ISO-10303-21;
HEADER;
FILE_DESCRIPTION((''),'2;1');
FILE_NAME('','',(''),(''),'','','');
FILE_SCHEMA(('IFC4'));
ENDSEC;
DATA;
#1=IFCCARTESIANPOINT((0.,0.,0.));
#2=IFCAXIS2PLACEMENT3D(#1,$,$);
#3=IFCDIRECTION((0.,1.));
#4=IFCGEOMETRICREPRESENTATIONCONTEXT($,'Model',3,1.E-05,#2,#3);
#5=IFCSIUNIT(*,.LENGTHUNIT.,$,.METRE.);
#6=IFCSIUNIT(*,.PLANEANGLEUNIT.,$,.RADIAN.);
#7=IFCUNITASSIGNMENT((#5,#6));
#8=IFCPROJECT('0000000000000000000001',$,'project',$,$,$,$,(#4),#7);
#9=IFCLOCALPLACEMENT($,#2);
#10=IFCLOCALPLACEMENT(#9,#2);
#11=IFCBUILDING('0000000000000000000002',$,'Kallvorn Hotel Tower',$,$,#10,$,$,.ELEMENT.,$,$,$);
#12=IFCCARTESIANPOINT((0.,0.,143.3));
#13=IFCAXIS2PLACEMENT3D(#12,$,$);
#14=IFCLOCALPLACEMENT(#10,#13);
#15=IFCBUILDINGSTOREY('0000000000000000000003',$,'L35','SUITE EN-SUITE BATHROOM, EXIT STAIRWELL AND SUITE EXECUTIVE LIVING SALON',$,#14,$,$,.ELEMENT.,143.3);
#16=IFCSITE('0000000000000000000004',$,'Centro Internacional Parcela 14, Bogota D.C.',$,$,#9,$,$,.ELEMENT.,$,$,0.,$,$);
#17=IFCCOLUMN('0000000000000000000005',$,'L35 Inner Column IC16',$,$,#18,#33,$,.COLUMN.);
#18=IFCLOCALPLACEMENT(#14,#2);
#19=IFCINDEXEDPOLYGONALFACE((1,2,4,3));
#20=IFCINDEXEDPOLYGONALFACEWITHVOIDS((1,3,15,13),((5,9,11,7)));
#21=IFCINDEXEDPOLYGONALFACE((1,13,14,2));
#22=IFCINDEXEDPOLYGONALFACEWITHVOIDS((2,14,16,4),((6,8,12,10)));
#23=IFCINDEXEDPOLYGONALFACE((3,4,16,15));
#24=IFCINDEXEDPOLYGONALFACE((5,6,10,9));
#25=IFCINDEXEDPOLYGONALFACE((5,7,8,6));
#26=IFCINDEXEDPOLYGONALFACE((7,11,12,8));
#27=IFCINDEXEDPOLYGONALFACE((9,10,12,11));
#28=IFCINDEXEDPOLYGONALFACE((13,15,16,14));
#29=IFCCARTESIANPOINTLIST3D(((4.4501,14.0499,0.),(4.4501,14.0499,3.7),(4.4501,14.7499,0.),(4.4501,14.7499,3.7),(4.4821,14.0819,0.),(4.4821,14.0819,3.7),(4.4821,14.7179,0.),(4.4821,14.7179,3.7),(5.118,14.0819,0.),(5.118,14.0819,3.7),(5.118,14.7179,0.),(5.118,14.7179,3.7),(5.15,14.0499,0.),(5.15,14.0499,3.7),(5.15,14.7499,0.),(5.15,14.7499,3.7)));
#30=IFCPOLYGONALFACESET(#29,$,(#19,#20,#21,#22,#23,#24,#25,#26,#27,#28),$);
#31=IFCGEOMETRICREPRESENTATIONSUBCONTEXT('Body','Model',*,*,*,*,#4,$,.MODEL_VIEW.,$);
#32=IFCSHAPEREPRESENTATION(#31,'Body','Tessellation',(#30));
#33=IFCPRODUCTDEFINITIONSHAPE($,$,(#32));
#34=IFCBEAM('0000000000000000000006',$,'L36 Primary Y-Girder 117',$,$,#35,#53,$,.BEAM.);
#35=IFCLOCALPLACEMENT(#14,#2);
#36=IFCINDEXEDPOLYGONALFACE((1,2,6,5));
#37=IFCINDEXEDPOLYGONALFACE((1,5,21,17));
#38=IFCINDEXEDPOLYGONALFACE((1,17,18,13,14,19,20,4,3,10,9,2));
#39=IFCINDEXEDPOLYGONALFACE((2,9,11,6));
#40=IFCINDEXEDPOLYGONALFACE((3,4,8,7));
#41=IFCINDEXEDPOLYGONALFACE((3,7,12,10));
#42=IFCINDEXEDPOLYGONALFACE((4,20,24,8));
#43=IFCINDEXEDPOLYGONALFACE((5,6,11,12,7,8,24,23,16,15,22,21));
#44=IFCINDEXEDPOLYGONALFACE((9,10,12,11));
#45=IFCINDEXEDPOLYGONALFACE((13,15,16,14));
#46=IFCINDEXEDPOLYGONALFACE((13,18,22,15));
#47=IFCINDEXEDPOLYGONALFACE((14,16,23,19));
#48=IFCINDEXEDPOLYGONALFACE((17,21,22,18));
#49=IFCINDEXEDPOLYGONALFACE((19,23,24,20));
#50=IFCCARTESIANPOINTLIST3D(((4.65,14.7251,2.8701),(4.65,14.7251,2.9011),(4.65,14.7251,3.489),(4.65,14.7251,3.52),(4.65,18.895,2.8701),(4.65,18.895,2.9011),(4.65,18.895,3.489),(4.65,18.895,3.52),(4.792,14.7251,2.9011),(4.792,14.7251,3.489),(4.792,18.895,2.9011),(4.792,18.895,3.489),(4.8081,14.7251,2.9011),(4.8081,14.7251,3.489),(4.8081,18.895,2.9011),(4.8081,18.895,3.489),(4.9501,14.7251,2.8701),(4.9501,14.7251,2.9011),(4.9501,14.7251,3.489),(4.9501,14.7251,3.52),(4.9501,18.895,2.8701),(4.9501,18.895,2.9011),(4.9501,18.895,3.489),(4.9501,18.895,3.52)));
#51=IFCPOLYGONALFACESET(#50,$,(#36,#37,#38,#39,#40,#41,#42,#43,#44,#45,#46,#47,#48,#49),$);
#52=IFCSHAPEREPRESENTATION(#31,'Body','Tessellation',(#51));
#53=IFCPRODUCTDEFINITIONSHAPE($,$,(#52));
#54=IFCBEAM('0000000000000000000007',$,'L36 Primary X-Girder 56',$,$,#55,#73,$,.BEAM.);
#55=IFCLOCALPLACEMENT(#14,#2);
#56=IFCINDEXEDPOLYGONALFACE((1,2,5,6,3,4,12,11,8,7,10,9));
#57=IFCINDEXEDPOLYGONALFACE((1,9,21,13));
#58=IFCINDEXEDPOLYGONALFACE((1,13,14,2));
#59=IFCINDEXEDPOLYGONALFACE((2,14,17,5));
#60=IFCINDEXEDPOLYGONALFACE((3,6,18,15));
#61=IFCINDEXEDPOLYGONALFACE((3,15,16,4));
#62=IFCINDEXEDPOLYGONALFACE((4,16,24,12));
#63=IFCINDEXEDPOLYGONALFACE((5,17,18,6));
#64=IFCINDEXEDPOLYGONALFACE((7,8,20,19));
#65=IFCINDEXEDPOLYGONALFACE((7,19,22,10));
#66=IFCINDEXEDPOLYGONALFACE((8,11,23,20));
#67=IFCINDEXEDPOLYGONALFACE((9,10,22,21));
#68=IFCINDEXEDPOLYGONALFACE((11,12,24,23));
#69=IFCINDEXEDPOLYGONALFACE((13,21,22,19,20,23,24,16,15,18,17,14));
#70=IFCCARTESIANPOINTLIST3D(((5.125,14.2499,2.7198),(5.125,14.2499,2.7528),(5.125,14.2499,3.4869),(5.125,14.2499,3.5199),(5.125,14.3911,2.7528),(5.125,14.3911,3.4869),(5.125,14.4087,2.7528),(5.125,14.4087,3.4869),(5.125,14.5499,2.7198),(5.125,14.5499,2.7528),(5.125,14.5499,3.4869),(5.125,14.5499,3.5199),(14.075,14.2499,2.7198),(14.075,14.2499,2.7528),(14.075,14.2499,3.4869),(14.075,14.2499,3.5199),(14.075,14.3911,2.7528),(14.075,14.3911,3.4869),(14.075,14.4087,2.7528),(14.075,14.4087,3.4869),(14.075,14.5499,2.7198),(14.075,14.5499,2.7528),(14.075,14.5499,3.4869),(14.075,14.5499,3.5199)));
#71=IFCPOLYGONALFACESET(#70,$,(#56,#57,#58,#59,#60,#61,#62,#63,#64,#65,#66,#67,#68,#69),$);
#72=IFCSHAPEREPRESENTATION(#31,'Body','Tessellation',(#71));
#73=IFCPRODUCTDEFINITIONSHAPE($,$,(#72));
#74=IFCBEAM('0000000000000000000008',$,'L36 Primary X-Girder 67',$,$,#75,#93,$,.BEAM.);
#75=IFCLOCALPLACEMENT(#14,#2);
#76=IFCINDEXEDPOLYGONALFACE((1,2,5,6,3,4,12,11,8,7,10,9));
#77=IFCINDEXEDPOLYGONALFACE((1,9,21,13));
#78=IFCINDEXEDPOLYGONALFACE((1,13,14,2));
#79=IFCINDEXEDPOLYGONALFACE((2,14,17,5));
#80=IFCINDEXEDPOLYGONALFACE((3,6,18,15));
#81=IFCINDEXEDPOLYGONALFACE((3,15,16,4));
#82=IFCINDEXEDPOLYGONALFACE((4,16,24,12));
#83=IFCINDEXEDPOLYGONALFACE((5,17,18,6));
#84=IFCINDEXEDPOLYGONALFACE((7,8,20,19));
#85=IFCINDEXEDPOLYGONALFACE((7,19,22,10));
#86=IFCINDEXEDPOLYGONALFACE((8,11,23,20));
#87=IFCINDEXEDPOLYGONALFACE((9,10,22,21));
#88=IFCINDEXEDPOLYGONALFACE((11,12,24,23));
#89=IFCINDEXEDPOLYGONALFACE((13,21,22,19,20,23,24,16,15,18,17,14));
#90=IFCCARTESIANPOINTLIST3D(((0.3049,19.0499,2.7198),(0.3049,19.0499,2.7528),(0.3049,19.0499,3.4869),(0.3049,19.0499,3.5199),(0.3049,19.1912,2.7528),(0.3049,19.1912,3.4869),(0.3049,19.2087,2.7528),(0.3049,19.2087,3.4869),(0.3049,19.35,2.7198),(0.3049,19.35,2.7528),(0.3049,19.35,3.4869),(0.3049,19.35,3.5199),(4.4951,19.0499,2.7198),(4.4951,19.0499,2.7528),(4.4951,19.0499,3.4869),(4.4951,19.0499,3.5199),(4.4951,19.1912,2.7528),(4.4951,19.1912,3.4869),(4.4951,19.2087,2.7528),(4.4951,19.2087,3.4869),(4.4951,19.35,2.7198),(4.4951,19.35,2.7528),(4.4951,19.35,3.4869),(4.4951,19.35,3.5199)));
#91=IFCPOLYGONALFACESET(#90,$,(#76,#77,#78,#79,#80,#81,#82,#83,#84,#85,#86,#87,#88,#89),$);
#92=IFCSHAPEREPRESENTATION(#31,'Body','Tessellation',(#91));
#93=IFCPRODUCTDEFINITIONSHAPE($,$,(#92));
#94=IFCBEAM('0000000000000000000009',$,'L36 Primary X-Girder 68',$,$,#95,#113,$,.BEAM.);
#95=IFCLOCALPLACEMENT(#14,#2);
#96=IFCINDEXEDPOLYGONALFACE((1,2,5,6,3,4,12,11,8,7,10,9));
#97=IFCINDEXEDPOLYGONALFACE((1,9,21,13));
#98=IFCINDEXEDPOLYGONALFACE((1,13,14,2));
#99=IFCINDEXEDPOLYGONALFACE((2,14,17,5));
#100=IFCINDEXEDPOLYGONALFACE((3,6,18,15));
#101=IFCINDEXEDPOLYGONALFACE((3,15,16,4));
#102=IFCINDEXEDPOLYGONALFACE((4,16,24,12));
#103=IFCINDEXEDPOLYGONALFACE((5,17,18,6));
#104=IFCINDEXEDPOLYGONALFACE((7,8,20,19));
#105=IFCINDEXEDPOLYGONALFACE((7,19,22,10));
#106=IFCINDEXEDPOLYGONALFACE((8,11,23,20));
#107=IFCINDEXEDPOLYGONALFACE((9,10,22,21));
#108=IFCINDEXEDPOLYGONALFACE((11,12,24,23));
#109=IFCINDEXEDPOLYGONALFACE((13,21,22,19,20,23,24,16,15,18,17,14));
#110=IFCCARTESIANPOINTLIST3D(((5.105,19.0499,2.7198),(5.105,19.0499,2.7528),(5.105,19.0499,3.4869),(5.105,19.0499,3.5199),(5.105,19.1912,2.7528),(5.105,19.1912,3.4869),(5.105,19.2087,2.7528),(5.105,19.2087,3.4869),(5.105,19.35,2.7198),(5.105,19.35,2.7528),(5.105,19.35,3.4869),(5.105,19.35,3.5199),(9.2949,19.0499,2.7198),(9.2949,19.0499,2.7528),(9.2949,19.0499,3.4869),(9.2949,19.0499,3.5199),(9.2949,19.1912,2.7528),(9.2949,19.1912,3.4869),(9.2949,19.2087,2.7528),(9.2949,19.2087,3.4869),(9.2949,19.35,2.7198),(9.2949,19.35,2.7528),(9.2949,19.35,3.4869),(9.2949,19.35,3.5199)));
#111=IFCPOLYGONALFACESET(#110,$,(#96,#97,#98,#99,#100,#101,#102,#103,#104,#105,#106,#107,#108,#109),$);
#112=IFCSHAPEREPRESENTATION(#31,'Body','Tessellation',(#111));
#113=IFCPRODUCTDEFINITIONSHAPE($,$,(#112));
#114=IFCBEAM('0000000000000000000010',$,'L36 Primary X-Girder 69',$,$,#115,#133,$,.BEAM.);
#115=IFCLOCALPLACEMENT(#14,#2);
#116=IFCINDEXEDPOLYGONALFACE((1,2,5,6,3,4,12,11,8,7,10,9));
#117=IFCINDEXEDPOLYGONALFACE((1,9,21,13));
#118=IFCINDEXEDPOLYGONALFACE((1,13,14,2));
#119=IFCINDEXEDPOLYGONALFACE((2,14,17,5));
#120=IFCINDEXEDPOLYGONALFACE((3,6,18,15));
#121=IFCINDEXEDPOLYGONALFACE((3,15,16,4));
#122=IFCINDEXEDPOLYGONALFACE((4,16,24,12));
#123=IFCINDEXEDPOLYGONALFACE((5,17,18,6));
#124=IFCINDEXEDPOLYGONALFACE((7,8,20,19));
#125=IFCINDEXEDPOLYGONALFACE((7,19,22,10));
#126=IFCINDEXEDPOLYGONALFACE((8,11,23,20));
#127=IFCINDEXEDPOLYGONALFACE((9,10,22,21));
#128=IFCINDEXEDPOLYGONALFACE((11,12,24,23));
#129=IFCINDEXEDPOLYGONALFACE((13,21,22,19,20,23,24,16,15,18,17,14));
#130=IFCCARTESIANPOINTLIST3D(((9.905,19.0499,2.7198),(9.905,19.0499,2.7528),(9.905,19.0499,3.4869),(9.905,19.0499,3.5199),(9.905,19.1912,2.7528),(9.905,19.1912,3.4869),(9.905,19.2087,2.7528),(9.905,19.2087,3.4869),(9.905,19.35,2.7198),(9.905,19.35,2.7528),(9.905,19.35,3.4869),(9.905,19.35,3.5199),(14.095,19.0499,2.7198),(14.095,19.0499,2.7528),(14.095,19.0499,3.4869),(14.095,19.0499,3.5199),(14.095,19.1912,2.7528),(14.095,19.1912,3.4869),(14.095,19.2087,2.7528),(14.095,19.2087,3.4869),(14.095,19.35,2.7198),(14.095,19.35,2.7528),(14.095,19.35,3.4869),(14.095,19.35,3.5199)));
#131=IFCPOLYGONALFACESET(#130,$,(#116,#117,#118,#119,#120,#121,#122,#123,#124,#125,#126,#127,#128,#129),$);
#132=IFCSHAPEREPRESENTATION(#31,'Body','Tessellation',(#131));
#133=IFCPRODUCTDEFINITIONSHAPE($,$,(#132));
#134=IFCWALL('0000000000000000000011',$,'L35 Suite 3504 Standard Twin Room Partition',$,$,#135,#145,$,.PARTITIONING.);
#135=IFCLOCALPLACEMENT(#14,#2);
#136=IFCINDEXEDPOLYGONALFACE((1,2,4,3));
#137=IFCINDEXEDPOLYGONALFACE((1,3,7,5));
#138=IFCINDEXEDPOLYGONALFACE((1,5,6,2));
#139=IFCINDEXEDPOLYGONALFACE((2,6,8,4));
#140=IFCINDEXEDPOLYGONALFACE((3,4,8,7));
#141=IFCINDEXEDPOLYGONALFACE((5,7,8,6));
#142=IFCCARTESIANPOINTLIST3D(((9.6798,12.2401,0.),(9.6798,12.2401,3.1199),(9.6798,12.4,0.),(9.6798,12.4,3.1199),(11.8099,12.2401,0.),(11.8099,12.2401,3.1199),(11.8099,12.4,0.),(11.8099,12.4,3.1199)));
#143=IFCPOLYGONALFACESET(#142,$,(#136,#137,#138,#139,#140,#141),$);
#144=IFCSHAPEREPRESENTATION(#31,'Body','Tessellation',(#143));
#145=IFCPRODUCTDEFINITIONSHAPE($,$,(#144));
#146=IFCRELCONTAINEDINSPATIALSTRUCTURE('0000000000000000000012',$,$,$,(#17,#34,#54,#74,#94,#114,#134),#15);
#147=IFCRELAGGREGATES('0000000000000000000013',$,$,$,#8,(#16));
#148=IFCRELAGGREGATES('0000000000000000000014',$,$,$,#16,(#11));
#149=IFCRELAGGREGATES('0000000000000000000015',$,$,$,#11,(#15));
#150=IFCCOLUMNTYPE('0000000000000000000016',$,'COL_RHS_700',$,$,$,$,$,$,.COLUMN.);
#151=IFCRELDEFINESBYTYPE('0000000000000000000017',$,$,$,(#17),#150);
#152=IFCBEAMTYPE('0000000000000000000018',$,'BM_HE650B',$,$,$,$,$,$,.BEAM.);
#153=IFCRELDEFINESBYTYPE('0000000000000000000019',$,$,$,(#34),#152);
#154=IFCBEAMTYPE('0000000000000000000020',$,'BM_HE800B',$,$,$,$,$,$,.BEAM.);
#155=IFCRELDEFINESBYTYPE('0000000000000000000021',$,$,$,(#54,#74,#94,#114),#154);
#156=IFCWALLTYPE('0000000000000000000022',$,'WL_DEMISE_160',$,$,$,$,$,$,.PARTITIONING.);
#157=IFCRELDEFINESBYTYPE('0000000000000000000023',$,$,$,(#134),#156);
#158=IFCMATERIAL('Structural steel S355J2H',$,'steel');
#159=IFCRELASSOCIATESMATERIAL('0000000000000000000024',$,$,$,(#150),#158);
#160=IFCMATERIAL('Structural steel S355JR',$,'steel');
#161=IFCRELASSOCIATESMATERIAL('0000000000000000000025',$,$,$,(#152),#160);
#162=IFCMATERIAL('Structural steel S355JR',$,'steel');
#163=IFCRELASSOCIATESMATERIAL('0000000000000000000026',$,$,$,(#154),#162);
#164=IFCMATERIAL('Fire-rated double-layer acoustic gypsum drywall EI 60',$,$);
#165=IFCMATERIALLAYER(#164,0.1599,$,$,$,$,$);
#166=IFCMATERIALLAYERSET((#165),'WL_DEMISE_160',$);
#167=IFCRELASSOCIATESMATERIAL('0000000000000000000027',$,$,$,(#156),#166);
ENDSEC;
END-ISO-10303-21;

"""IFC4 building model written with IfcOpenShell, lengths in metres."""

from ifc_helpers import new_model, si_unit, direction, frame, frame_2d, origin, origin_2d, place, context, subcontext, project, spatial, rectangle, hollow_rectangle, i_section, extrude, material, layer, layer_set, material_profile, profile_set, type_object, element, save


model = new_model("IFC4")

# Units and contexts
model_context = context("Model", 3, precision=1e-05, world=origin(), true_north=direction((0.0, 1.0)))
body_context = subcontext(model_context, "Body", "Model", "MODEL_VIEW")
ifc_project = project(units=[si_unit("LENGTHUNIT", "METRE"), si_unit("PLANEANGLEUNIT", "RADIAN")], contexts=[model_context])

# Site, building, storey
site_placement = place(None, origin())
site = spatial("IfcSite", under=ifc_project, at=site_placement, Name="Centro Internacional Parcela 14, Bogota D.C.", CompositionType="ELEMENT", RefElevation=0.0)
building_placement = place(site_placement, origin())
building = spatial("IfcBuilding", under=site, at=building_placement, Name="Kallvorn Hotel Tower", CompositionType="ELEMENT")
storey_placement = place(building_placement, frame((0.0, 0.0, 143.3)))
storey = spatial("IfcBuildingStorey", under=building, at=storey_placement, Name="L35", Description="SUITE EN-SUITE BATHROOM, EXIT STAIRWELL AND SUITE EXECUTIVE LIVING SALON", CompositionType="ELEMENT", Elevation=143.3)

# Column
ifc_material_1 = material(Name="Structural steel S355J2H", Category="steel")
ifc_material_profile_1 = material_profile(ifc_material_1, hollow_rectangle(XDim=0.7, YDim=0.7, WallThickness=0.032, at=origin_2d()), Name="RHS 700x700x32")
ifc_profile_set_1 = profile_set([ifc_material_profile_1], Name="Structural steel S355J2H")
column_type_1 = type_object("IfcColumnType", Name="COL_RHS_700", PredefinedType="COLUMN", material=ifc_profile_set_1)
column_placement = place(storey_placement, frame((4.8, 14.3999, 0.0), z_axis=(0.0, 0.0, 1.0), x_axis=(1.0, 0.0, 0.0)))
element("IfcColumn", 1, at=column_placement, inside=storey, type_object=column_type_1, Name="L35 Inner Column IC16", PredefinedType="COLUMN", context=body_context, shape_type="SweptSolid", body=[
    extrude(hollow_rectangle(XDim=0.7, YDim=0.7, WallThickness=0.032, at=origin_2d()), origin(), (0.0, 0.0, 1.0), 3.7),
])

# Beams
ifc_material_2 = material(Name="Structural steel S355JR", Category="steel")
ifc_material_profile_2 = material_profile(ifc_material_2, i_section(OverallWidth=0.3, OverallDepth=0.6499, WebThickness=0.0161, FlangeThickness=0.031, at=origin_2d()), Name="HE 650 B")
ifc_profile_set_2 = profile_set([ifc_material_profile_2], Name="Structural steel S355JR")
beam_type_1 = type_object("IfcBeamType", Name="BM_HE650B", PredefinedType="BEAM", material=ifc_profile_set_2)
beam_1_placement = place(storey_placement, frame((4.8, 14.7251, 3.1951), z_axis=(0.0, 1.0, 0.0), x_axis=(-1.0, 0.0, 0.0)))
element("IfcBeam", 2, at=beam_1_placement, inside=storey, type_object=beam_type_1, Name="L36 Primary Y-Girder 117", PredefinedType="BEAM", context=body_context, shape_type="SweptSolid", body=[
    extrude(i_section(OverallWidth=0.3, OverallDepth=0.6499, WebThickness=0.0161, FlangeThickness=0.031, at=origin_2d()), origin(), (0.0, 0.0, 1.0), 4.1699),
])
ifc_material_3 = material(Name="Structural steel S355JR", Category="steel")
ifc_material_profile_3 = material_profile(ifc_material_3, i_section(OverallWidth=0.3, OverallDepth=0.8, WebThickness=0.0176, FlangeThickness=0.033, at=origin_2d()), Name="HE 800 B")
ifc_profile_set_3 = profile_set([ifc_material_profile_3], Name="Structural steel S355JR")
beam_type_2 = type_object("IfcBeamType", Name="BM_HE800B", PredefinedType="BEAM", material=ifc_profile_set_3)
beam_2_placement = place(storey_placement, frame((5.125, 14.3999, 3.1199), z_axis=(1.0, 0.0, 0.0), x_axis=(0.0, 1.0, 0.0)))
element("IfcBeam", 3, at=beam_2_placement, inside=storey, type_object=beam_type_2, Name="L36 Primary X-Girder 56", PredefinedType="BEAM", context=body_context, shape_type="SweptSolid", body=[
    extrude(i_section(OverallWidth=0.3, OverallDepth=0.8, WebThickness=0.0176, FlangeThickness=0.033, at=origin_2d()), origin(), (0.0, 0.0, 1.0), 8.95),
])
beam_3_placement = place(storey_placement, frame((0.3049, 19.2, 3.1199), z_axis=(1.0, 0.0, 0.0), x_axis=(0.0, 1.0, 0.0)))
element("IfcBeam", 4, at=beam_3_placement, inside=storey, type_object=beam_type_2, Name="L36 Primary X-Girder 67", PredefinedType="BEAM", context=body_context, shape_type="SweptSolid", body=[
    extrude(i_section(OverallWidth=0.3, OverallDepth=0.8, WebThickness=0.0176, FlangeThickness=0.033, at=origin_2d()), origin(), (0.0, 0.0, 1.0), 4.1902),
])
for number, where, z_axis, x_axis, name in (
    (5, (5.105, 19.2, 3.1199), (1.0, 0.0, 0.0), (0.0, 1.0, 0.0), "L36 Primary X-Girder 68"),
    (6, (9.905, 19.2, 3.1199), (1.0, 0.0, 0.0), (0.0, 1.0, 0.0), "L36 Primary X-Girder 69"),
):
    element("IfcBeam", number, at=place(storey_placement, frame(where, z_axis=z_axis, x_axis=x_axis)), inside=storey, type_object=beam_type_2, Name=name, PredefinedType="BEAM", context=body_context, shape_type="SweptSolid", body=[
        extrude(i_section(OverallWidth=0.3, OverallDepth=0.8, WebThickness=0.0176, FlangeThickness=0.033, at=origin_2d()), origin(), (0.0, 0.0, 1.0), 4.1899),
    ])

# Wall
ifc_material_4 = material(Name="Fire-rated double-layer acoustic gypsum drywall EI 60")
ifc_layer_1 = layer(ifc_material_4, 0.1599)
ifc_layer_set_1 = layer_set([ifc_layer_1], Name="WL_DEMISE_160")
wall_type_1 = type_object("IfcWallType", Name="WL_DEMISE_160", PredefinedType="PARTITIONING", material=ifc_layer_set_1)
wall_1_placement = place(storey_placement, frame((9.6799, 12.3201, 0.0), z_axis=(0.0, 0.0, 1.0), x_axis=(1.0, 0.0, 0.0)))
element("IfcWall", 7, at=wall_1_placement, inside=storey, type_object=wall_type_1, Name="L35 Suite 3504 Standard Twin Room Partition", PredefinedType="PARTITIONING", context=body_context, shape_type="SweptSolid", body=[
    extrude(rectangle(XDim=2.1301, YDim=0.1599, at=frame_2d((1.0649, 0.0))), origin(), (0.0, 0.0, 1.0), 3.1199),
])

save(model, "model.ifc")
